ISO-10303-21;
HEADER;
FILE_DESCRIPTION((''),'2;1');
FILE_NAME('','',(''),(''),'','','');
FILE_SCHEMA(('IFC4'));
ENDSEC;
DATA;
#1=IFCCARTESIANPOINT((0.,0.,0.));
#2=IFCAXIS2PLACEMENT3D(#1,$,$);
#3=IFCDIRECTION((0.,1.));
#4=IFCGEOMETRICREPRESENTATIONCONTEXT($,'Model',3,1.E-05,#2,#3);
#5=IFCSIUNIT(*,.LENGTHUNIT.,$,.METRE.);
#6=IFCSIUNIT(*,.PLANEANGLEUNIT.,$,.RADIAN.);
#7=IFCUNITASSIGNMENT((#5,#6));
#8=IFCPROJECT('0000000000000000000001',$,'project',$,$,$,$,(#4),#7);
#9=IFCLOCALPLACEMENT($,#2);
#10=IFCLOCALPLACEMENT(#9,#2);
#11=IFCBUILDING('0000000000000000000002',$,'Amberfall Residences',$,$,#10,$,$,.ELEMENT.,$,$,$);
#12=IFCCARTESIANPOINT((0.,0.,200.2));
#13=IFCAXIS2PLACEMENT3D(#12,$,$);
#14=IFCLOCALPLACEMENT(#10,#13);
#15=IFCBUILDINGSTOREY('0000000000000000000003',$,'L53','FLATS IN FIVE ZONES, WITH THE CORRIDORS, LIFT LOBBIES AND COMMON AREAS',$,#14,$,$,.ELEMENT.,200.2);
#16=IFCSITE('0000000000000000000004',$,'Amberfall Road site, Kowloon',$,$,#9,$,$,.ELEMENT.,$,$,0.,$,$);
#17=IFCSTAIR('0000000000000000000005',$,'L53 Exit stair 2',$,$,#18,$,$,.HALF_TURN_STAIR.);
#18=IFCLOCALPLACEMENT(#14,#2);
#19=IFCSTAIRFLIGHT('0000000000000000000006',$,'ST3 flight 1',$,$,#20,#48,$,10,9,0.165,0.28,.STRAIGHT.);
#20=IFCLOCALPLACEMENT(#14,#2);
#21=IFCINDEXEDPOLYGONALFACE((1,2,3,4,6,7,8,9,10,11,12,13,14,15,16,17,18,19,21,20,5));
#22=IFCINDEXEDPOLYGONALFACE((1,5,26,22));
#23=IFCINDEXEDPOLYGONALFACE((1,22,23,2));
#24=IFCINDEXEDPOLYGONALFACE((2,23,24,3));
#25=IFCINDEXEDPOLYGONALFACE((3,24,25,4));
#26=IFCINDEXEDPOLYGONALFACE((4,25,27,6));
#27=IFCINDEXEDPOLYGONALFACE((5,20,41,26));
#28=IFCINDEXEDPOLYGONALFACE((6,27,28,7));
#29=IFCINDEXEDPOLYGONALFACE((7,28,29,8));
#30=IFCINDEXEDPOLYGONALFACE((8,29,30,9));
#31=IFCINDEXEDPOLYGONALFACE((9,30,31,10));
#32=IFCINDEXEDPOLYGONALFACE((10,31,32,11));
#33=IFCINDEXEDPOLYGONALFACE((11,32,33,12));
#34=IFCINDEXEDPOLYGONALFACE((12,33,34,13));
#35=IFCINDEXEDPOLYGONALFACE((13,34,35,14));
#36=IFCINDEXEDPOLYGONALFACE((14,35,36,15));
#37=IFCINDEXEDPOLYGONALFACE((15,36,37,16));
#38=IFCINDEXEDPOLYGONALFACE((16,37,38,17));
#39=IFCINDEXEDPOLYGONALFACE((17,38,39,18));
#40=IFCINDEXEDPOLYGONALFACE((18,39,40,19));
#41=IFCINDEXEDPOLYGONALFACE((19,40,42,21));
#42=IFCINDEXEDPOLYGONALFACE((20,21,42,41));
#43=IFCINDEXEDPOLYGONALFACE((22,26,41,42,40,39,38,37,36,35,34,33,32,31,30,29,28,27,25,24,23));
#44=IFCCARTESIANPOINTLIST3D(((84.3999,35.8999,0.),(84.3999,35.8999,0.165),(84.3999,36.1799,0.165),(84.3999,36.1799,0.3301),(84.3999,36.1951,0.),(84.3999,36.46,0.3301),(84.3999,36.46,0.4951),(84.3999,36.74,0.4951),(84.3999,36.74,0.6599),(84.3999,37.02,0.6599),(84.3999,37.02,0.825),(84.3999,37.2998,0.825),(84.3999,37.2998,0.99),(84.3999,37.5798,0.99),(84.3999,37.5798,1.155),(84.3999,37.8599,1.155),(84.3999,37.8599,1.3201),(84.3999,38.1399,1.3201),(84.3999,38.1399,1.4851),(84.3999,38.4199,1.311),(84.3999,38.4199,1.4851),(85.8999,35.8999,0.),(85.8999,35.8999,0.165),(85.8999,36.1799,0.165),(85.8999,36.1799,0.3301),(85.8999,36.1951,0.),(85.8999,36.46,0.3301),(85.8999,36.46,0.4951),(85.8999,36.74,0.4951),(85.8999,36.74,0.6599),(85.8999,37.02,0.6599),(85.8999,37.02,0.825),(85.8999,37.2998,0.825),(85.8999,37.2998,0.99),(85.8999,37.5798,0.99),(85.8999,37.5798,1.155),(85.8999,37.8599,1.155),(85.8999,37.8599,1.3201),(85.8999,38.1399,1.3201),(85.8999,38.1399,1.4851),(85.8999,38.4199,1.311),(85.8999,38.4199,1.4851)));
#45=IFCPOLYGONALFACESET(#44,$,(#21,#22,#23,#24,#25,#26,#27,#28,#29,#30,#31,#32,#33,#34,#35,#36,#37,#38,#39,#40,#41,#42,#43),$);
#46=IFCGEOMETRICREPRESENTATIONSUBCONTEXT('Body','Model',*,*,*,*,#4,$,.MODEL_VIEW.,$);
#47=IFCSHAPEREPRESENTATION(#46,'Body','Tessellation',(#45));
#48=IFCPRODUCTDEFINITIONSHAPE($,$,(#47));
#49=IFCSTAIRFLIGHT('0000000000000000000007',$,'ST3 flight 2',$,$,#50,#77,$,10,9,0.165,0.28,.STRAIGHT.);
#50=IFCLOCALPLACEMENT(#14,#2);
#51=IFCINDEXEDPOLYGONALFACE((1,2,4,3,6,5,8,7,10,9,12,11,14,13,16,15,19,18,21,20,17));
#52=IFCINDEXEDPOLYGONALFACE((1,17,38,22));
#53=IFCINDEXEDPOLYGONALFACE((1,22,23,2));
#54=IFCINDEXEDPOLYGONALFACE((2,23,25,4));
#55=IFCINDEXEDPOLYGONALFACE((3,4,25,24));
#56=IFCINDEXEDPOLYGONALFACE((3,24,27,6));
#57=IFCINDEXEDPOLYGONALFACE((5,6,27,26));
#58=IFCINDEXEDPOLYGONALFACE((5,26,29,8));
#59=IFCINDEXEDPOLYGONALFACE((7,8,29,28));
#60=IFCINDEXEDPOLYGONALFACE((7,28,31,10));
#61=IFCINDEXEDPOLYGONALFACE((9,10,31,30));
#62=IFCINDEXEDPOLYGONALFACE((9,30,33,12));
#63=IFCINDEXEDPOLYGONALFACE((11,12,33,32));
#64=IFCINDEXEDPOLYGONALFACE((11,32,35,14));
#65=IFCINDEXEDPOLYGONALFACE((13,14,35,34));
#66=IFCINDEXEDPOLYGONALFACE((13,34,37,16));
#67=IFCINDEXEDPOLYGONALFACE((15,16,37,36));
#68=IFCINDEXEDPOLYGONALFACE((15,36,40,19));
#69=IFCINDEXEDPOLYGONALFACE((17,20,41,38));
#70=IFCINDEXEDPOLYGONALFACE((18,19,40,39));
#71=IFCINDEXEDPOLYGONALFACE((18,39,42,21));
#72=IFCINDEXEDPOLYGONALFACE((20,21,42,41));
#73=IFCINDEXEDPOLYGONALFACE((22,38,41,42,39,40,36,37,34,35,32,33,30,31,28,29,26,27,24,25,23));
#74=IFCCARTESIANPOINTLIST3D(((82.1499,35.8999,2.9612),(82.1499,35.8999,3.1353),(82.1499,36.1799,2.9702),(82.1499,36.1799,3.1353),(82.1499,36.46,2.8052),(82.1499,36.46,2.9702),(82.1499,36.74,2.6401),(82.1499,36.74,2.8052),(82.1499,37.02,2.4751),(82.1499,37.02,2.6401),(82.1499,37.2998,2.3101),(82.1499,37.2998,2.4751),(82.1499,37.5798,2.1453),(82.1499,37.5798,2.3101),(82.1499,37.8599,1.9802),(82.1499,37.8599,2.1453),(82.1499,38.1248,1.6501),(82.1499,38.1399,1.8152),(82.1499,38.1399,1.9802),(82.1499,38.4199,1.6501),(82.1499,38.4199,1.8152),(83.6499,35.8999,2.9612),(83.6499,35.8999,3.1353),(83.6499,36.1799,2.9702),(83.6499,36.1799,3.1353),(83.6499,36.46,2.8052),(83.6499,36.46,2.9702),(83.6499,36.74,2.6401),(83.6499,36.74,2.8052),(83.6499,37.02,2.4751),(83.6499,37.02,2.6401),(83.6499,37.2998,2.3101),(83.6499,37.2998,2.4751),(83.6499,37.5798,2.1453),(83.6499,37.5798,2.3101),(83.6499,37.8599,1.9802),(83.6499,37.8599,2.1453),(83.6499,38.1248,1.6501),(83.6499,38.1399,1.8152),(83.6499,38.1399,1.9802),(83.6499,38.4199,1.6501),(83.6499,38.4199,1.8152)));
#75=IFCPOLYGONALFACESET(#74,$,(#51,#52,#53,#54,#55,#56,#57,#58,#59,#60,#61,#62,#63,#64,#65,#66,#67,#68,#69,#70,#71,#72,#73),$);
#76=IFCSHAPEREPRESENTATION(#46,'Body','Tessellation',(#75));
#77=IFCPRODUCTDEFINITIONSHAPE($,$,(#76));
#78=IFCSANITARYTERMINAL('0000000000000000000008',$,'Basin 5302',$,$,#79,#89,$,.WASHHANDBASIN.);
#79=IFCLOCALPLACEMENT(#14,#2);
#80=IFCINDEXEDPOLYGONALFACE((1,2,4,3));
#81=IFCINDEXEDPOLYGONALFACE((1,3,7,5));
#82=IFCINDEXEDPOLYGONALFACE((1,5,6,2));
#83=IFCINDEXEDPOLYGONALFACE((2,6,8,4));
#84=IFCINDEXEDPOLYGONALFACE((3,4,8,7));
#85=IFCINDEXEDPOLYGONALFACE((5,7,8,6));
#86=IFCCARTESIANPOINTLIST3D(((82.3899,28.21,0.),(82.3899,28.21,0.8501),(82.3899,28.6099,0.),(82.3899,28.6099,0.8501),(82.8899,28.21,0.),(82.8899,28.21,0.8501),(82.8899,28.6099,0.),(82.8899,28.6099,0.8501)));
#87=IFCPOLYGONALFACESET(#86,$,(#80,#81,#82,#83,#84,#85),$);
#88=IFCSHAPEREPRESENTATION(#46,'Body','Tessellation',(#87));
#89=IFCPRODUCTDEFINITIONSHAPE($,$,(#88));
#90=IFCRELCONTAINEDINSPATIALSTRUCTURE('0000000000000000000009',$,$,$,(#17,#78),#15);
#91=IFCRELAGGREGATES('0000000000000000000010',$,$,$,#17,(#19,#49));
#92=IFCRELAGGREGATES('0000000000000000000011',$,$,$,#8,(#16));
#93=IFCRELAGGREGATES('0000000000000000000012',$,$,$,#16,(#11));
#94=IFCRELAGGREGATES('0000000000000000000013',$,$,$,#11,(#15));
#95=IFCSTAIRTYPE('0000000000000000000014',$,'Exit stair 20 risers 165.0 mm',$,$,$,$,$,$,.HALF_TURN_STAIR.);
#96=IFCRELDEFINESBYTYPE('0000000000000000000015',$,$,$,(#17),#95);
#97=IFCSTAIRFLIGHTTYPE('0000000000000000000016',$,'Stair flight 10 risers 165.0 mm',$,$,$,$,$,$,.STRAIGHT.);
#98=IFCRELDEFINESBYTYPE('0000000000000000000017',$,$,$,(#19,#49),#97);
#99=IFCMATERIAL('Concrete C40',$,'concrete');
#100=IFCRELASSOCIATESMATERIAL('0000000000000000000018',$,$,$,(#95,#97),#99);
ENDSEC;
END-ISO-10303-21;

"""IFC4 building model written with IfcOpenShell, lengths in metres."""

from ifc_helpers import new_model, si_unit, direction, frame, origin, origin_2d, place, context, subcontext, project, spatial, polyline, rectangle, outline, extrude, material, type_object, element, aggregate, save


model = new_model("IFC4")

# Units and contexts
model_context = context("Model", 3, precision=1e-05, world=origin(), true_north=direction((0.0, 1.0)))
body_context = subcontext(model_context, "Body", "Model", "MODEL_VIEW")
ifc_project = project(units=[si_unit("LENGTHUNIT", "METRE"), si_unit("PLANEANGLEUNIT", "RADIAN")], contexts=[model_context])

# Site, building, storey
site_placement = place(None, origin())
site = spatial("IfcSite", under=ifc_project, at=site_placement, Name="Amberfall Road site, Kowloon", CompositionType="ELEMENT", RefElevation=0.0)
building_placement = place(site_placement, origin())
building = spatial("IfcBuilding", under=site, at=building_placement, Name="Amberfall Residences", CompositionType="ELEMENT")
storey_placement = place(building_placement, frame((0.0, 0.0, 200.2)))
storey = spatial("IfcBuildingStorey", under=building, at=storey_placement, Name="L53", Description="FLATS IN FIVE ZONES, WITH THE CORRIDORS, LIFT LOBBIES AND COMMON AREAS", CompositionType="ELEMENT", Elevation=200.2)

# Stair, stair flights
ifc_material_1 = material(Name="Concrete C40", Category="concrete")
stair_type = type_object("IfcStairType", Name="Exit stair 20 risers 165.0 mm", PredefinedType="HALF_TURN_STAIR", material=ifc_material_1)
stair_placement = place(storey_placement, origin())
stair = element("IfcStair", 1, at=stair_placement, inside=storey, type_object=stair_type, Name="L53 Exit stair 2", PredefinedType="HALF_TURN_STAIR")
stair_flight_type = type_object("IfcStairFlightType", Name="Stair flight 10 risers 165.0 mm", PredefinedType="STRAIGHT", material=ifc_material_1)
stair_flight_1_placement = place(storey_placement, frame((85.1499, 35.8999, 0.0), z_axis=(0.0, 0.0, 1.0), x_axis=(0.0, 1.0, 0.0)))
stair_flight_1 = element("IfcStairFlight", 2, at=stair_flight_1_placement, type_object=stair_flight_type, Name="ST3 flight 1", NumberOfRisers=10, NumberOfTreads=9, PredefinedType="STRAIGHT", RiserHeight=0.165, TreadLength=0.28, context=body_context, shape_type="SweptSolid", body=[
    extrude(outline(polyline([(0.0, 0.0), (0.0, 0.165), (0.28, 0.165), (0.28, 0.3301), (0.5601, 0.3301), (0.5601, 0.4951), (0.8401, 0.4951), (0.8401, 0.6599), (1.1201, 0.6599), (1.1201, 0.825), (1.3999, 0.825), (1.3999, 0.99), (1.6799, 0.99), (1.6799, 1.155), (1.96, 1.155), (1.96, 1.3201), (2.24, 1.3201), (2.24, 1.4851), (2.52, 1.4851), (2.52, 1.6499), (2.52, 1.311), (0.2952, 0.0), (0.0, 0.0)])), frame((0.0, 0.75, 0.0), z_axis=(0.0, -1.0, 0.0), x_axis=(1.0, 0.0, 0.0)), (0.0, 0.0, 1.0), 1.5),
])
stair_flight_2_placement = place(storey_placement, frame((82.8999, 38.4199, 1.6501), z_axis=(0.0, 0.0, 1.0), x_axis=(0.0, -1.0, 0.0)))
stair_flight_2 = element("IfcStairFlight", 3, at=stair_flight_2_placement, type_object=stair_flight_type, Name="ST3 flight 2", NumberOfRisers=10, NumberOfTreads=9, PredefinedType="STRAIGHT", RiserHeight=0.165, TreadLength=0.28, context=body_context, shape_type="SweptSolid", body=[
    extrude(outline(polyline([(0.0, 0.0), (0.0, 0.165), (0.28, 0.165), (0.28, 0.3301), (0.5601, 0.3301), (0.5601, 0.4951), (0.8401, 0.4951), (0.8401, 0.6599), (1.1201, 0.6599), (1.1201, 0.825), (1.3999, 0.825), (1.3999, 0.99), (1.6799, 0.99), (1.6799, 1.155), (1.96, 1.155), (1.96, 1.3201), (2.24, 1.3201), (2.24, 1.4851), (2.52, 1.4851), (2.52, 1.6499), (2.52, 1.311), (0.2952, 0.0), (0.0, 0.0)])), frame((0.0, 0.75, 0.0), z_axis=(0.0, -1.0, 0.0), x_axis=(1.0, 0.0, 0.0)), (0.0, 0.0, 1.0), 1.5),
])
aggregate(stair, [stair_flight_1, stair_flight_2])

# Sanitary terminal
sanitary_terminal_placement = place(storey_placement, frame((82.6399, 28.4099, 0.0), z_axis=(0.0, 0.0, 1.0), x_axis=(1.0, 0.0, 0.0)))
element("IfcSanitaryTerminal", 4, at=sanitary_terminal_placement, inside=storey, Name="Basin 5302", PredefinedType="WASHHANDBASIN", context=body_context, shape_type="SweptSolid", body=[
    extrude(rectangle(XDim=0.5, YDim=0.3999, at=origin_2d()), origin(), (0.0, 0.0, 1.0), 0.8501),
])

save(model, "model.ifc")
